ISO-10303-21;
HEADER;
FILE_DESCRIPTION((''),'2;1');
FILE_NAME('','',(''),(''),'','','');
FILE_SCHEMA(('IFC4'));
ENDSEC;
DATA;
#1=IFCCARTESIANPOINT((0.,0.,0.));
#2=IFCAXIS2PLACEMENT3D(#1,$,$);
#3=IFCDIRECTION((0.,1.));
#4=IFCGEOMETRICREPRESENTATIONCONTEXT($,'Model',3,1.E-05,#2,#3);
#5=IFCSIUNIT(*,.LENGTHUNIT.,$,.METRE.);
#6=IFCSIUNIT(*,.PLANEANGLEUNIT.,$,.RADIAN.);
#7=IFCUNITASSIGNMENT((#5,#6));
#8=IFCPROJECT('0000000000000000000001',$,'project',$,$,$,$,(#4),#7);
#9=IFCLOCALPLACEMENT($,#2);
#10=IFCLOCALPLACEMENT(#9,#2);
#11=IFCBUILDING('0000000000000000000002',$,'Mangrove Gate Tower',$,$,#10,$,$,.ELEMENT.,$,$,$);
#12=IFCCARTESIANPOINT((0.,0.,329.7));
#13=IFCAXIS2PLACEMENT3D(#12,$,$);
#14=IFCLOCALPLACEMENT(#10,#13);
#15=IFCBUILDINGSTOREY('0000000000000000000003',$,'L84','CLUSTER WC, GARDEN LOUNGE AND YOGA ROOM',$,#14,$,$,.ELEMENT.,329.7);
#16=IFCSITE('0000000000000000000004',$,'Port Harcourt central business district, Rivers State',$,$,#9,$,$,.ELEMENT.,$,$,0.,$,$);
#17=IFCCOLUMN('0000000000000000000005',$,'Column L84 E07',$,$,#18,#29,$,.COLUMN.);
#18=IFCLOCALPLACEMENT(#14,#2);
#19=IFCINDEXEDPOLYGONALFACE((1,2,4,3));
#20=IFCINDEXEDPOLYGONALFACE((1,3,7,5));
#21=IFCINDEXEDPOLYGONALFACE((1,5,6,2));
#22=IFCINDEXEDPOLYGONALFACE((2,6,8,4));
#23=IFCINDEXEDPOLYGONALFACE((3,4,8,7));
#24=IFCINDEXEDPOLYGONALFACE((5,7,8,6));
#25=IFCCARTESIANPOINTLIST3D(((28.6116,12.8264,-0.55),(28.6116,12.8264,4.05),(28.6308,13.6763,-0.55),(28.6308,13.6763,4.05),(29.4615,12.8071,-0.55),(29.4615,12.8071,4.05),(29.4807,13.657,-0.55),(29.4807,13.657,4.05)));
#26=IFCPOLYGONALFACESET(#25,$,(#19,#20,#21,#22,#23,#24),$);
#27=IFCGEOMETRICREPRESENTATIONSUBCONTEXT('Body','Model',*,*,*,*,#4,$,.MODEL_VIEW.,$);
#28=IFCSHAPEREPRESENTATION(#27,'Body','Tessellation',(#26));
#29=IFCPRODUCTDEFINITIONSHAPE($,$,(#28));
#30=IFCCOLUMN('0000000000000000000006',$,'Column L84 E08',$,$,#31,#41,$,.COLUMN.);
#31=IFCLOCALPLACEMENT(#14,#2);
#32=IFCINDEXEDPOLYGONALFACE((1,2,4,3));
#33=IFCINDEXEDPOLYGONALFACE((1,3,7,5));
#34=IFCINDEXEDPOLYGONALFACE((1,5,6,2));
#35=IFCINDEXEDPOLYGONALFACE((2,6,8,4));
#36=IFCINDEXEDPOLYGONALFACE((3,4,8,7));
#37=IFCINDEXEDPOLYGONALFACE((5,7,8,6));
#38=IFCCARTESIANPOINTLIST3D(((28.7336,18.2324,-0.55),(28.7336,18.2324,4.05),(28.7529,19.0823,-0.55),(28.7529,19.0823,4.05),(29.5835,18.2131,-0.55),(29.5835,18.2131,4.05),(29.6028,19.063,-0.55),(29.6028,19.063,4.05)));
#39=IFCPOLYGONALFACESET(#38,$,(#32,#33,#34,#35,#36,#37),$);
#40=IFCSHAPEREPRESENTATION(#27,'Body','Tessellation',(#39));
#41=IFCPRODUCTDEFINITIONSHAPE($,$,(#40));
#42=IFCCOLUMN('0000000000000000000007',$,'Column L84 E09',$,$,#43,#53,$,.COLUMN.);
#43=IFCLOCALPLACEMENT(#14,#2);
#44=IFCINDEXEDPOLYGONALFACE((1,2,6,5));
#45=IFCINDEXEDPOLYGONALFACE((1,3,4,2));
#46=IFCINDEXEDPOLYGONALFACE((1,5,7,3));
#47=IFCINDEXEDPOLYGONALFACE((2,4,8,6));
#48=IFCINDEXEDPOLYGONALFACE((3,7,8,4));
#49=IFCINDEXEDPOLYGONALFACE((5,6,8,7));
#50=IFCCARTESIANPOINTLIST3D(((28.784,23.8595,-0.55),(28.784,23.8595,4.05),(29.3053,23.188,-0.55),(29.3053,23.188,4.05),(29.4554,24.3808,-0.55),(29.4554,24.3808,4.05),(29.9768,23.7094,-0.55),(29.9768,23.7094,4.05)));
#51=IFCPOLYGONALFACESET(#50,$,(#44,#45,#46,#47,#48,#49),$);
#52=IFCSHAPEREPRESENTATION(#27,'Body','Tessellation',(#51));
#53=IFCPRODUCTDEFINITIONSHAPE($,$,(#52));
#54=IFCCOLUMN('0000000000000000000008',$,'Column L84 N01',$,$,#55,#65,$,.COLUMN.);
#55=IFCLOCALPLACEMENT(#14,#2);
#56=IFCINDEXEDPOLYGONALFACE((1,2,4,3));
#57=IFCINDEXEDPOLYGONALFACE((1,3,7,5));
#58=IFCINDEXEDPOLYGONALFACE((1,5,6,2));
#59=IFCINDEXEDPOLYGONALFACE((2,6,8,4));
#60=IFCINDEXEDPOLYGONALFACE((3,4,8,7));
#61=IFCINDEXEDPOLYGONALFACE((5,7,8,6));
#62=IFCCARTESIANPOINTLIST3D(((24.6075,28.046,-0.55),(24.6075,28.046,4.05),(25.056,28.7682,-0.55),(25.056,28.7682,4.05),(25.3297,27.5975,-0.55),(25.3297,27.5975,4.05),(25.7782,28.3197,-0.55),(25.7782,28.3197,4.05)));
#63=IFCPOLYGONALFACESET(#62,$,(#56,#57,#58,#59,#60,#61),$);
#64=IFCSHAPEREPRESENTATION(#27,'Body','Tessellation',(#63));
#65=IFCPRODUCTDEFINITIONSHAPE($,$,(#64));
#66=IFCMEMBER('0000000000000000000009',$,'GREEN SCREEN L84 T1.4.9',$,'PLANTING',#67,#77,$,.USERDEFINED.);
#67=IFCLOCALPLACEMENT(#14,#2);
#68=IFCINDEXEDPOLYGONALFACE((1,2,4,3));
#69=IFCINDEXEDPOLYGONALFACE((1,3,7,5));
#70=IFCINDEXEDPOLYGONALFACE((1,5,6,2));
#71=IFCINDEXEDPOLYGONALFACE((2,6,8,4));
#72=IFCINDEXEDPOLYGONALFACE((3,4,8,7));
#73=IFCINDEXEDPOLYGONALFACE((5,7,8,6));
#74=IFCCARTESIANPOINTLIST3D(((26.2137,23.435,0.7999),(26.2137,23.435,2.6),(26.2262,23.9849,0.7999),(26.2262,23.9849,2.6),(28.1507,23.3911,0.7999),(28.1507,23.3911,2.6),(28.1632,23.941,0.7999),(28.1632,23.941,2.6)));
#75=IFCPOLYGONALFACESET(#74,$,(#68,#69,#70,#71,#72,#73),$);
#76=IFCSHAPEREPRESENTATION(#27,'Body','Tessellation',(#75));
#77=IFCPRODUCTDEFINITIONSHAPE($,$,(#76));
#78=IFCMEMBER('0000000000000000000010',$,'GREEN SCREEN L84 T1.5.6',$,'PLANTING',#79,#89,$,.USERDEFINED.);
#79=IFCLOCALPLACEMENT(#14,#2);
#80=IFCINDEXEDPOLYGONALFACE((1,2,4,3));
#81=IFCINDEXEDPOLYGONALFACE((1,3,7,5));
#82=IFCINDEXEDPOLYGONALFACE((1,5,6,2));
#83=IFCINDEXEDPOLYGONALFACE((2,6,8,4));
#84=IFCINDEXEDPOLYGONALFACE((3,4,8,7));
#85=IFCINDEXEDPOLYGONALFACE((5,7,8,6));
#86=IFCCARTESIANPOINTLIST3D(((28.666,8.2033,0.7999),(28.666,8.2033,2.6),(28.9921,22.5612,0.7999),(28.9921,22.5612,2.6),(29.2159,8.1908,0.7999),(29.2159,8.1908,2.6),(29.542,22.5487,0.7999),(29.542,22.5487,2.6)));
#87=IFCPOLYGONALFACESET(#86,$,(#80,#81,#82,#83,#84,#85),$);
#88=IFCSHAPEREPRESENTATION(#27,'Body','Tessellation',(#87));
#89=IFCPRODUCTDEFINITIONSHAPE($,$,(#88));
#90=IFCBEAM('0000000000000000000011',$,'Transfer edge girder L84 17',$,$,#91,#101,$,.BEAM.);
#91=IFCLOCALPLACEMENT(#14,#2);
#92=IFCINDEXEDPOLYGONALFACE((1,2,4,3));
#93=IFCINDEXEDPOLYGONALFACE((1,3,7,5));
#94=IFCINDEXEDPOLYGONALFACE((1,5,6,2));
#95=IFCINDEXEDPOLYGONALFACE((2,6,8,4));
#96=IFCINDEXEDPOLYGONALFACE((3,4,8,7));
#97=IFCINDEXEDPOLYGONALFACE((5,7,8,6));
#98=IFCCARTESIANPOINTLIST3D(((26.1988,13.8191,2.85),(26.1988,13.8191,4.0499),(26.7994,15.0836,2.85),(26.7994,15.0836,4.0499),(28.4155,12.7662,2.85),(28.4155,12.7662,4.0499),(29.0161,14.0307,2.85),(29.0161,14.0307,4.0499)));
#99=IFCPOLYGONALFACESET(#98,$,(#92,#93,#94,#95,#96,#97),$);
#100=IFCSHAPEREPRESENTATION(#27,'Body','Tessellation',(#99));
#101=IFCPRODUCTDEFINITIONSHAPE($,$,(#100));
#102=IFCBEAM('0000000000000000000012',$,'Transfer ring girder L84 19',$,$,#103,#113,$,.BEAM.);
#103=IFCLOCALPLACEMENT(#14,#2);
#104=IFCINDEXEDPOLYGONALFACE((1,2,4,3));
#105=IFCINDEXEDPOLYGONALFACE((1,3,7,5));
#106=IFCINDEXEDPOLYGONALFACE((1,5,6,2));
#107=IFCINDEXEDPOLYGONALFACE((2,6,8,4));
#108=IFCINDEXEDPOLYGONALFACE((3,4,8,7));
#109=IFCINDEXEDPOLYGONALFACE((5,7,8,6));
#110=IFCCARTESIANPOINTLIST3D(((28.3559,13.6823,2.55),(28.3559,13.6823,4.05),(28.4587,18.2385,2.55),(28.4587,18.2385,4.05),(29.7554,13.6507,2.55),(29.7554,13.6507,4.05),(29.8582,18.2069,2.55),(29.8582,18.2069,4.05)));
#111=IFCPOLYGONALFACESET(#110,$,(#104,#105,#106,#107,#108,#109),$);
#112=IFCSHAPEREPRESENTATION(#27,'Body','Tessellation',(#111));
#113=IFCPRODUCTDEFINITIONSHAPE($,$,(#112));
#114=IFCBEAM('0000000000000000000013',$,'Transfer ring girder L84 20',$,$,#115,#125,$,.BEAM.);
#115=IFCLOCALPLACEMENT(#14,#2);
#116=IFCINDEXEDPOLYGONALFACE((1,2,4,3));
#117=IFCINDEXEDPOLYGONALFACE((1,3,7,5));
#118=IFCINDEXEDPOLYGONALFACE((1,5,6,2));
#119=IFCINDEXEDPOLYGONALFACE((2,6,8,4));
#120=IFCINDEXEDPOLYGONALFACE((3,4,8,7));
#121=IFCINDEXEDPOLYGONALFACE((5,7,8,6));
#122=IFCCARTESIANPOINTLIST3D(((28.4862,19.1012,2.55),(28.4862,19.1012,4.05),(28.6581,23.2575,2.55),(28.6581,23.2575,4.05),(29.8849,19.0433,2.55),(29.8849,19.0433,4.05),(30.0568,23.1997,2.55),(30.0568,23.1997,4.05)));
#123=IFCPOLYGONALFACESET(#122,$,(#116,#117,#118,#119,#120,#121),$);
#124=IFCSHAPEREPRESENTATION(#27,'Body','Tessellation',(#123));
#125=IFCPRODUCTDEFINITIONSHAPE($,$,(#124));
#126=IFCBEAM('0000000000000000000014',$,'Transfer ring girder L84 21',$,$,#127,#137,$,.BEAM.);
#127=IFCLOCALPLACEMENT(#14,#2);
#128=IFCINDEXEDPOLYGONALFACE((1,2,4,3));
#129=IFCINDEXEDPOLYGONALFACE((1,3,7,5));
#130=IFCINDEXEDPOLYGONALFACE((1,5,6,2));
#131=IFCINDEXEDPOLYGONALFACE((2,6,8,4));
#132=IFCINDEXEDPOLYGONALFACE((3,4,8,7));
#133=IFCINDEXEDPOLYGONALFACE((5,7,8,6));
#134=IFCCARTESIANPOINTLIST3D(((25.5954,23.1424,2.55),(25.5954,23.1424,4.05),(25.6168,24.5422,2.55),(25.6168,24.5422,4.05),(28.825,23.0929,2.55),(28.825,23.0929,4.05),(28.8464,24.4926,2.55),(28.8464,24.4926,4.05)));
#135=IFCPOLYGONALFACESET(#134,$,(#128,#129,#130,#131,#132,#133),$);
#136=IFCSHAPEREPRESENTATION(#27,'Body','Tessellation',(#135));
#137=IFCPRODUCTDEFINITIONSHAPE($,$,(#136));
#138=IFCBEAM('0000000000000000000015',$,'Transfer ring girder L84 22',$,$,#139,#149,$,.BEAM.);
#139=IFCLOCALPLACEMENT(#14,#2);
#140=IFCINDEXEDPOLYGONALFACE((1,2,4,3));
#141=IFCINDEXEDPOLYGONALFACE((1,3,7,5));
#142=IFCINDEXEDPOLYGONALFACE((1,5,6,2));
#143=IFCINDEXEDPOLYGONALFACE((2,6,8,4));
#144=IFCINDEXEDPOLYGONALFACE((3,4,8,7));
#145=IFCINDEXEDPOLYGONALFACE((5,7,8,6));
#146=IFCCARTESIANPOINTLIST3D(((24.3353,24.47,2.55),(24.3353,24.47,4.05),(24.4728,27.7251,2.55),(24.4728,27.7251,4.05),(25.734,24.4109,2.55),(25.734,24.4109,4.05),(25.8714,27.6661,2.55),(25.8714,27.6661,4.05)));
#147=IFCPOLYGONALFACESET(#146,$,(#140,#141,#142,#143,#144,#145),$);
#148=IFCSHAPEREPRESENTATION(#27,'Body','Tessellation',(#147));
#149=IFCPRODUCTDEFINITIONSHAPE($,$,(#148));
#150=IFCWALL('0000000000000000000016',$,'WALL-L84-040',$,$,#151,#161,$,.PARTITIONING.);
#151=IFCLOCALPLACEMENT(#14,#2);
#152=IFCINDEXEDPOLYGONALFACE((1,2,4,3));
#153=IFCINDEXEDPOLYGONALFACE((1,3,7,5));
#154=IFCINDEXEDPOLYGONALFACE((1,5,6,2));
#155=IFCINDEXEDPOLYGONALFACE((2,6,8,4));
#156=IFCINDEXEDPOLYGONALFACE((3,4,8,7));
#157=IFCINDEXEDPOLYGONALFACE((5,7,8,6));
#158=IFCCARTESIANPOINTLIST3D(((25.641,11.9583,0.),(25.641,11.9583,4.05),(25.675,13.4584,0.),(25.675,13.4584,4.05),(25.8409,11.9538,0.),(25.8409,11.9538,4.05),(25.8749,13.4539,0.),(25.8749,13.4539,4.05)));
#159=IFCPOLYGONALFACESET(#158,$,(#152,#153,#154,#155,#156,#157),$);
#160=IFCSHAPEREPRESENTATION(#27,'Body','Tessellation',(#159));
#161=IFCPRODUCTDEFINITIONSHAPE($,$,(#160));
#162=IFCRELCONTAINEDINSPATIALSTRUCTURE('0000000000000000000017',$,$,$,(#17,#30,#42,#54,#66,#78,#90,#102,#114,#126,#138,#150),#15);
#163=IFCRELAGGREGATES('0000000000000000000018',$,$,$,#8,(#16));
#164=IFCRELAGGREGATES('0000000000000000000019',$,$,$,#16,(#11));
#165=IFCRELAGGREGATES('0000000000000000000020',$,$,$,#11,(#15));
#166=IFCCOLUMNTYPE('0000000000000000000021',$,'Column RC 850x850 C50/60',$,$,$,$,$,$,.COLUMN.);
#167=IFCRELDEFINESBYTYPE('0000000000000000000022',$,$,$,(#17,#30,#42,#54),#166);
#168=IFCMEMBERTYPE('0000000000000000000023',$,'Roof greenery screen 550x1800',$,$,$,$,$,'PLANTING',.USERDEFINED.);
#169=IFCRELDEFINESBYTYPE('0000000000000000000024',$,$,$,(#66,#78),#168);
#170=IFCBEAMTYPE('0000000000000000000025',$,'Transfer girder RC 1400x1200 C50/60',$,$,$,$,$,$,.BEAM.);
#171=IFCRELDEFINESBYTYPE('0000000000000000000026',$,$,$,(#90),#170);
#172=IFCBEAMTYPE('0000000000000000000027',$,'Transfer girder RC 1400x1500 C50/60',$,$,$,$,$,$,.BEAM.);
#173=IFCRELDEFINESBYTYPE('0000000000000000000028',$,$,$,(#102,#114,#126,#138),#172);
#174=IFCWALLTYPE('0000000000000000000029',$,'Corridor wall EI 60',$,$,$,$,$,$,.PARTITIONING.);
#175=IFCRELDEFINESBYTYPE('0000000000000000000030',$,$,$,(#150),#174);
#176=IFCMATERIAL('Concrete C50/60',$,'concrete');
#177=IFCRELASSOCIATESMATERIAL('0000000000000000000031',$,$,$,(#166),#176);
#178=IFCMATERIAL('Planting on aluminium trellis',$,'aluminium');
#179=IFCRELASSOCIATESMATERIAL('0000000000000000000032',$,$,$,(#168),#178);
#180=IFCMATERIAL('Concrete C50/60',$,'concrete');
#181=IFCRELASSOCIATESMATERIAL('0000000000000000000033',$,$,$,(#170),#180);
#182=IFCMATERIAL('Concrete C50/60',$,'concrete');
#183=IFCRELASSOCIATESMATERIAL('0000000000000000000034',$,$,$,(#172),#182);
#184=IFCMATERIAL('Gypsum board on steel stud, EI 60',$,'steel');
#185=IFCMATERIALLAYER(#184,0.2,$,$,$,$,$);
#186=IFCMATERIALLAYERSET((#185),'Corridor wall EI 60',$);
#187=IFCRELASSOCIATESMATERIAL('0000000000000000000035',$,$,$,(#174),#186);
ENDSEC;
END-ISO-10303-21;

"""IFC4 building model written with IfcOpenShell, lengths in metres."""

from ifc_helpers import new_model, si_unit, direction, frame, frame_2d, origin, origin_2d, place, context, subcontext, project, spatial, rectangle, extrude, material, layer, layer_set, material_profile, profile_set, type_object, element, save


model = new_model("IFC4")

# Units and contexts
model_context = context("Model", 3, precision=1e-05, world=origin(), true_north=direction((0.0, 1.0)))
body_context = subcontext(model_context, "Body", "Model", "MODEL_VIEW")
ifc_project = project(units=[si_unit("LENGTHUNIT", "METRE"), si_unit("PLANEANGLEUNIT", "RADIAN")], contexts=[model_context])

# Site, building, storey
site_placement = place(None, origin())
site = spatial("IfcSite", under=ifc_project, at=site_placement, Name="Port Harcourt central business district, Rivers State", CompositionType="ELEMENT", RefElevation=0.0)
building_placement = place(site_placement, origin())
building = spatial("IfcBuilding", under=site, at=building_placement, Name="Mangrove Gate Tower", CompositionType="ELEMENT")
storey_placement = place(building_placement, frame((0.0, 0.0, 329.7)))
storey = spatial("IfcBuildingStorey", under=building, at=storey_placement, Name="L84", Description="CLUSTER WC, GARDEN LOUNGE AND YOGA ROOM", CompositionType="ELEMENT", Elevation=329.7)

# Columns
ifc_material_1 = material(Name="Concrete C50/60", Category="concrete")
ifc_material_profile_1 = material_profile(ifc_material_1, rectangle(XDim=0.8501, YDim=0.8501, at=origin_2d()))
ifc_profile_set_1 = profile_set([ifc_material_profile_1], Name="Concrete C50/60")
column_type = type_object("IfcColumnType", Name="Column RC 850x850 C50/60", PredefinedType="COLUMN", material=ifc_profile_set_1)
for number, where, z_axis, x_axis, name in (
    (1, (29.0461, 13.2417, -0.55), (0.0, 0.0, 1.0), (0.022652, 0.999743, 0.0), "Column L84 E07"),
    (2, (29.1682, 18.6477, -0.55), (0.0, 0.0, 1.0), (0.022652, 0.999743, 0.0), "Column L84 E08"),
    (3, (29.3804, 23.7844, -0.55), (0.0, 0.0, 1.0), (-0.613295, 0.789854, 0.0), "Column L84 E09"),
    (4, (25.1929, 28.1829, -0.55), (0.0, 0.0, 1.0), (-0.849494, 0.527599, 0.0), "Column L84 N01"),
):
    element("IfcColumn", number, at=place(storey_placement, frame(where, z_axis=z_axis, x_axis=x_axis)), inside=storey, type_object=column_type, Name=name, PredefinedType="COLUMN", context=body_context, shape_type="SweptSolid", body=[
        extrude(rectangle(XDim=0.8501, YDim=0.8501, at=origin_2d()), origin(), (0.0, 0.0, 1.0), 4.6001),
    ])

# Members
ifc_material_2 = material(Name="Planting on aluminium trellis", Category="aluminium")
ifc_material_profile_2 = material_profile(ifc_material_2, rectangle(XDim=0.55, YDim=1.8, at=origin_2d()))
ifc_profile_set_2 = profile_set([ifc_material_profile_2], Name="Planting on aluminium trellis")
member_type = type_object("IfcMemberType", Name="Roof greenery screen 550x1800", ElementType="PLANTING", PredefinedType="USERDEFINED", material=ifc_profile_set_2)
member_1_placement = place(storey_placement, frame((26.22, 23.71, 1.7), z_axis=(0.999743, -0.022681, 0.0), x_axis=(0.022681, 0.999743, 0.0)))
element("IfcMember", 5, at=member_1_placement, inside=storey, type_object=member_type, Name="GREEN SCREEN L84 T1.4.9", ObjectType="PLANTING", PredefinedType="USERDEFINED", context=body_context, shape_type="SweptSolid", body=[
    extrude(rectangle(XDim=0.55, YDim=1.8, at=origin_2d()), origin(), (0.0, 0.0, 1.0), 1.9375),
])
member_2_placement = place(storey_placement, frame((29.2671, 22.5549, 1.7), z_axis=(-0.022711, -0.999742, 0.0), x_axis=(0.999742, -0.022711, 0.0)))
element("IfcMember", 6, at=member_2_placement, inside=storey, type_object=member_type, Name="GREEN SCREEN L84 T1.5.6", ObjectType="PLANTING", PredefinedType="USERDEFINED", context=body_context, shape_type="SweptSolid", body=[
    extrude(rectangle(XDim=0.55, YDim=1.8, at=origin_2d()), origin(), (0.0, 0.0, 1.0), 14.3616),
])

# Beams
ifc_material_3 = material(Name="Concrete C50/60", Category="concrete")
ifc_material_profile_3 = material_profile(ifc_material_3, rectangle(XDim=1.3999, YDim=1.2, at=origin_2d()))
ifc_profile_set_3 = profile_set([ifc_material_profile_3], Name="Concrete C50/60")
beam_type_1 = type_object("IfcBeamType", Name="Transfer girder RC 1400x1200 C50/60", PredefinedType="BEAM", material=ifc_profile_set_3)
beam_1_placement = place(storey_placement, frame((28.7158, 13.3984, 3.45), z_axis=(-0.903278, 0.429057, 0.0), x_axis=(-0.429057, -0.903278, 0.0)))
element("IfcBeam", 7, at=beam_1_placement, inside=storey, type_object=beam_type_1, Name="Transfer edge girder L84 17", PredefinedType="BEAM", context=body_context, shape_type="SweptSolid", body=[
    extrude(rectangle(XDim=1.3999, YDim=1.2, at=origin_2d()), origin(), (0.0, 0.0, 1.0), 2.4541),
])
ifc_material_4 = material(Name="Concrete C50/60", Category="concrete")
ifc_material_profile_4 = material_profile(ifc_material_4, rectangle(XDim=1.3999, YDim=1.5, at=origin_2d()))
ifc_profile_set_4 = profile_set([ifc_material_profile_4], Name="Concrete C50/60")
beam_type_2 = type_object("IfcBeamType", Name="Transfer girder RC 1400x1500 C50/60", PredefinedType="BEAM", material=ifc_profile_set_4)
beam_2_placement = place(storey_placement, frame((29.0557, 13.6665, 3.3), z_axis=(0.022553, 0.999746, 0.0), x_axis=(-0.999746, 0.022553, 0.0)))
element("IfcBeam", 8, at=beam_2_placement, inside=storey, type_object=beam_type_2, Name="Transfer ring girder L84 19", PredefinedType="BEAM", context=body_context, shape_type="SweptSolid", body=[
    extrude(rectangle(XDim=1.3999, YDim=1.5, at=origin_2d()), origin(), (0.0, 0.0, 1.0), 4.5574),
])
beam_3_placement = place(storey_placement, frame((29.1855, 19.0723, 3.3), z_axis=(0.041318, 0.999146, 0.0), x_axis=(-0.999146, 0.041318, 0.0)))
element("IfcBeam", 9, at=beam_3_placement, inside=storey, type_object=beam_type_2, Name="Transfer ring girder L84 20", PredefinedType="BEAM", context=body_context, shape_type="SweptSolid", body=[
    extrude(rectangle(XDim=1.3999, YDim=1.5, at=origin_2d()), origin(), (0.0, 0.0, 1.0), 4.1599),
])
beam_4_placement = place(storey_placement, frame((28.8357, 23.7927, 3.3), z_axis=(-0.999882, 0.015344, 0.0), x_axis=(-0.015344, -0.999882, 0.0)))
element("IfcBeam", 10, at=beam_4_placement, inside=storey, type_object=beam_type_2, Name="Transfer ring girder L84 21", PredefinedType="BEAM", context=body_context, shape_type="SweptSolid", body=[
    extrude(rectangle(XDim=1.3999, YDim=1.5, at=origin_2d()), origin(), (0.0, 0.0, 1.0), 3.23),
])
beam_5_placement = place(storey_placement, frame((25.0347, 24.4404, 3.3), z_axis=(0.042188, 0.99911, 0.0), x_axis=(-0.99911, 0.042188, 0.0)))
element("IfcBeam", 11, at=beam_5_placement, inside=storey, type_object=beam_type_2, Name="Transfer ring girder L84 22", PredefinedType="BEAM", context=body_context, shape_type="SweptSolid", body=[
    extrude(rectangle(XDim=1.3999, YDim=1.5, at=origin_2d()), origin(), (0.0, 0.0, 1.0), 3.2581),
])

# Wall
ifc_material_5 = material(Name="Gypsum board on steel stud, EI 60", Category="steel")
ifc_layer_1 = layer(ifc_material_5, 0.2)
ifc_layer_set_1 = layer_set([ifc_layer_1], Name="Corridor wall EI 60")
wall_type_1 = type_object("IfcWallType", Name="Corridor wall EI 60", PredefinedType="PARTITIONING", material=ifc_layer_set_1)
wall_1_placement = place(storey_placement, frame((25.741, 11.9561, 0.0), z_axis=(0.0, 0.0, 1.0), x_axis=(0.022618, 0.999744, 0.0)))
element("IfcWall", 12, at=wall_1_placement, inside=storey, type_object=wall_type_1, Name="WALL-L84-040", PredefinedType="PARTITIONING", context=body_context, shape_type="SweptSolid", body=[
    extrude(rectangle(XDim=1.5005, YDim=0.2, at=frame_2d((0.7502, 0.0))), origin(), (0.0, 0.0, 1.0), 4.05),
])

save(model, "model.ifc")
